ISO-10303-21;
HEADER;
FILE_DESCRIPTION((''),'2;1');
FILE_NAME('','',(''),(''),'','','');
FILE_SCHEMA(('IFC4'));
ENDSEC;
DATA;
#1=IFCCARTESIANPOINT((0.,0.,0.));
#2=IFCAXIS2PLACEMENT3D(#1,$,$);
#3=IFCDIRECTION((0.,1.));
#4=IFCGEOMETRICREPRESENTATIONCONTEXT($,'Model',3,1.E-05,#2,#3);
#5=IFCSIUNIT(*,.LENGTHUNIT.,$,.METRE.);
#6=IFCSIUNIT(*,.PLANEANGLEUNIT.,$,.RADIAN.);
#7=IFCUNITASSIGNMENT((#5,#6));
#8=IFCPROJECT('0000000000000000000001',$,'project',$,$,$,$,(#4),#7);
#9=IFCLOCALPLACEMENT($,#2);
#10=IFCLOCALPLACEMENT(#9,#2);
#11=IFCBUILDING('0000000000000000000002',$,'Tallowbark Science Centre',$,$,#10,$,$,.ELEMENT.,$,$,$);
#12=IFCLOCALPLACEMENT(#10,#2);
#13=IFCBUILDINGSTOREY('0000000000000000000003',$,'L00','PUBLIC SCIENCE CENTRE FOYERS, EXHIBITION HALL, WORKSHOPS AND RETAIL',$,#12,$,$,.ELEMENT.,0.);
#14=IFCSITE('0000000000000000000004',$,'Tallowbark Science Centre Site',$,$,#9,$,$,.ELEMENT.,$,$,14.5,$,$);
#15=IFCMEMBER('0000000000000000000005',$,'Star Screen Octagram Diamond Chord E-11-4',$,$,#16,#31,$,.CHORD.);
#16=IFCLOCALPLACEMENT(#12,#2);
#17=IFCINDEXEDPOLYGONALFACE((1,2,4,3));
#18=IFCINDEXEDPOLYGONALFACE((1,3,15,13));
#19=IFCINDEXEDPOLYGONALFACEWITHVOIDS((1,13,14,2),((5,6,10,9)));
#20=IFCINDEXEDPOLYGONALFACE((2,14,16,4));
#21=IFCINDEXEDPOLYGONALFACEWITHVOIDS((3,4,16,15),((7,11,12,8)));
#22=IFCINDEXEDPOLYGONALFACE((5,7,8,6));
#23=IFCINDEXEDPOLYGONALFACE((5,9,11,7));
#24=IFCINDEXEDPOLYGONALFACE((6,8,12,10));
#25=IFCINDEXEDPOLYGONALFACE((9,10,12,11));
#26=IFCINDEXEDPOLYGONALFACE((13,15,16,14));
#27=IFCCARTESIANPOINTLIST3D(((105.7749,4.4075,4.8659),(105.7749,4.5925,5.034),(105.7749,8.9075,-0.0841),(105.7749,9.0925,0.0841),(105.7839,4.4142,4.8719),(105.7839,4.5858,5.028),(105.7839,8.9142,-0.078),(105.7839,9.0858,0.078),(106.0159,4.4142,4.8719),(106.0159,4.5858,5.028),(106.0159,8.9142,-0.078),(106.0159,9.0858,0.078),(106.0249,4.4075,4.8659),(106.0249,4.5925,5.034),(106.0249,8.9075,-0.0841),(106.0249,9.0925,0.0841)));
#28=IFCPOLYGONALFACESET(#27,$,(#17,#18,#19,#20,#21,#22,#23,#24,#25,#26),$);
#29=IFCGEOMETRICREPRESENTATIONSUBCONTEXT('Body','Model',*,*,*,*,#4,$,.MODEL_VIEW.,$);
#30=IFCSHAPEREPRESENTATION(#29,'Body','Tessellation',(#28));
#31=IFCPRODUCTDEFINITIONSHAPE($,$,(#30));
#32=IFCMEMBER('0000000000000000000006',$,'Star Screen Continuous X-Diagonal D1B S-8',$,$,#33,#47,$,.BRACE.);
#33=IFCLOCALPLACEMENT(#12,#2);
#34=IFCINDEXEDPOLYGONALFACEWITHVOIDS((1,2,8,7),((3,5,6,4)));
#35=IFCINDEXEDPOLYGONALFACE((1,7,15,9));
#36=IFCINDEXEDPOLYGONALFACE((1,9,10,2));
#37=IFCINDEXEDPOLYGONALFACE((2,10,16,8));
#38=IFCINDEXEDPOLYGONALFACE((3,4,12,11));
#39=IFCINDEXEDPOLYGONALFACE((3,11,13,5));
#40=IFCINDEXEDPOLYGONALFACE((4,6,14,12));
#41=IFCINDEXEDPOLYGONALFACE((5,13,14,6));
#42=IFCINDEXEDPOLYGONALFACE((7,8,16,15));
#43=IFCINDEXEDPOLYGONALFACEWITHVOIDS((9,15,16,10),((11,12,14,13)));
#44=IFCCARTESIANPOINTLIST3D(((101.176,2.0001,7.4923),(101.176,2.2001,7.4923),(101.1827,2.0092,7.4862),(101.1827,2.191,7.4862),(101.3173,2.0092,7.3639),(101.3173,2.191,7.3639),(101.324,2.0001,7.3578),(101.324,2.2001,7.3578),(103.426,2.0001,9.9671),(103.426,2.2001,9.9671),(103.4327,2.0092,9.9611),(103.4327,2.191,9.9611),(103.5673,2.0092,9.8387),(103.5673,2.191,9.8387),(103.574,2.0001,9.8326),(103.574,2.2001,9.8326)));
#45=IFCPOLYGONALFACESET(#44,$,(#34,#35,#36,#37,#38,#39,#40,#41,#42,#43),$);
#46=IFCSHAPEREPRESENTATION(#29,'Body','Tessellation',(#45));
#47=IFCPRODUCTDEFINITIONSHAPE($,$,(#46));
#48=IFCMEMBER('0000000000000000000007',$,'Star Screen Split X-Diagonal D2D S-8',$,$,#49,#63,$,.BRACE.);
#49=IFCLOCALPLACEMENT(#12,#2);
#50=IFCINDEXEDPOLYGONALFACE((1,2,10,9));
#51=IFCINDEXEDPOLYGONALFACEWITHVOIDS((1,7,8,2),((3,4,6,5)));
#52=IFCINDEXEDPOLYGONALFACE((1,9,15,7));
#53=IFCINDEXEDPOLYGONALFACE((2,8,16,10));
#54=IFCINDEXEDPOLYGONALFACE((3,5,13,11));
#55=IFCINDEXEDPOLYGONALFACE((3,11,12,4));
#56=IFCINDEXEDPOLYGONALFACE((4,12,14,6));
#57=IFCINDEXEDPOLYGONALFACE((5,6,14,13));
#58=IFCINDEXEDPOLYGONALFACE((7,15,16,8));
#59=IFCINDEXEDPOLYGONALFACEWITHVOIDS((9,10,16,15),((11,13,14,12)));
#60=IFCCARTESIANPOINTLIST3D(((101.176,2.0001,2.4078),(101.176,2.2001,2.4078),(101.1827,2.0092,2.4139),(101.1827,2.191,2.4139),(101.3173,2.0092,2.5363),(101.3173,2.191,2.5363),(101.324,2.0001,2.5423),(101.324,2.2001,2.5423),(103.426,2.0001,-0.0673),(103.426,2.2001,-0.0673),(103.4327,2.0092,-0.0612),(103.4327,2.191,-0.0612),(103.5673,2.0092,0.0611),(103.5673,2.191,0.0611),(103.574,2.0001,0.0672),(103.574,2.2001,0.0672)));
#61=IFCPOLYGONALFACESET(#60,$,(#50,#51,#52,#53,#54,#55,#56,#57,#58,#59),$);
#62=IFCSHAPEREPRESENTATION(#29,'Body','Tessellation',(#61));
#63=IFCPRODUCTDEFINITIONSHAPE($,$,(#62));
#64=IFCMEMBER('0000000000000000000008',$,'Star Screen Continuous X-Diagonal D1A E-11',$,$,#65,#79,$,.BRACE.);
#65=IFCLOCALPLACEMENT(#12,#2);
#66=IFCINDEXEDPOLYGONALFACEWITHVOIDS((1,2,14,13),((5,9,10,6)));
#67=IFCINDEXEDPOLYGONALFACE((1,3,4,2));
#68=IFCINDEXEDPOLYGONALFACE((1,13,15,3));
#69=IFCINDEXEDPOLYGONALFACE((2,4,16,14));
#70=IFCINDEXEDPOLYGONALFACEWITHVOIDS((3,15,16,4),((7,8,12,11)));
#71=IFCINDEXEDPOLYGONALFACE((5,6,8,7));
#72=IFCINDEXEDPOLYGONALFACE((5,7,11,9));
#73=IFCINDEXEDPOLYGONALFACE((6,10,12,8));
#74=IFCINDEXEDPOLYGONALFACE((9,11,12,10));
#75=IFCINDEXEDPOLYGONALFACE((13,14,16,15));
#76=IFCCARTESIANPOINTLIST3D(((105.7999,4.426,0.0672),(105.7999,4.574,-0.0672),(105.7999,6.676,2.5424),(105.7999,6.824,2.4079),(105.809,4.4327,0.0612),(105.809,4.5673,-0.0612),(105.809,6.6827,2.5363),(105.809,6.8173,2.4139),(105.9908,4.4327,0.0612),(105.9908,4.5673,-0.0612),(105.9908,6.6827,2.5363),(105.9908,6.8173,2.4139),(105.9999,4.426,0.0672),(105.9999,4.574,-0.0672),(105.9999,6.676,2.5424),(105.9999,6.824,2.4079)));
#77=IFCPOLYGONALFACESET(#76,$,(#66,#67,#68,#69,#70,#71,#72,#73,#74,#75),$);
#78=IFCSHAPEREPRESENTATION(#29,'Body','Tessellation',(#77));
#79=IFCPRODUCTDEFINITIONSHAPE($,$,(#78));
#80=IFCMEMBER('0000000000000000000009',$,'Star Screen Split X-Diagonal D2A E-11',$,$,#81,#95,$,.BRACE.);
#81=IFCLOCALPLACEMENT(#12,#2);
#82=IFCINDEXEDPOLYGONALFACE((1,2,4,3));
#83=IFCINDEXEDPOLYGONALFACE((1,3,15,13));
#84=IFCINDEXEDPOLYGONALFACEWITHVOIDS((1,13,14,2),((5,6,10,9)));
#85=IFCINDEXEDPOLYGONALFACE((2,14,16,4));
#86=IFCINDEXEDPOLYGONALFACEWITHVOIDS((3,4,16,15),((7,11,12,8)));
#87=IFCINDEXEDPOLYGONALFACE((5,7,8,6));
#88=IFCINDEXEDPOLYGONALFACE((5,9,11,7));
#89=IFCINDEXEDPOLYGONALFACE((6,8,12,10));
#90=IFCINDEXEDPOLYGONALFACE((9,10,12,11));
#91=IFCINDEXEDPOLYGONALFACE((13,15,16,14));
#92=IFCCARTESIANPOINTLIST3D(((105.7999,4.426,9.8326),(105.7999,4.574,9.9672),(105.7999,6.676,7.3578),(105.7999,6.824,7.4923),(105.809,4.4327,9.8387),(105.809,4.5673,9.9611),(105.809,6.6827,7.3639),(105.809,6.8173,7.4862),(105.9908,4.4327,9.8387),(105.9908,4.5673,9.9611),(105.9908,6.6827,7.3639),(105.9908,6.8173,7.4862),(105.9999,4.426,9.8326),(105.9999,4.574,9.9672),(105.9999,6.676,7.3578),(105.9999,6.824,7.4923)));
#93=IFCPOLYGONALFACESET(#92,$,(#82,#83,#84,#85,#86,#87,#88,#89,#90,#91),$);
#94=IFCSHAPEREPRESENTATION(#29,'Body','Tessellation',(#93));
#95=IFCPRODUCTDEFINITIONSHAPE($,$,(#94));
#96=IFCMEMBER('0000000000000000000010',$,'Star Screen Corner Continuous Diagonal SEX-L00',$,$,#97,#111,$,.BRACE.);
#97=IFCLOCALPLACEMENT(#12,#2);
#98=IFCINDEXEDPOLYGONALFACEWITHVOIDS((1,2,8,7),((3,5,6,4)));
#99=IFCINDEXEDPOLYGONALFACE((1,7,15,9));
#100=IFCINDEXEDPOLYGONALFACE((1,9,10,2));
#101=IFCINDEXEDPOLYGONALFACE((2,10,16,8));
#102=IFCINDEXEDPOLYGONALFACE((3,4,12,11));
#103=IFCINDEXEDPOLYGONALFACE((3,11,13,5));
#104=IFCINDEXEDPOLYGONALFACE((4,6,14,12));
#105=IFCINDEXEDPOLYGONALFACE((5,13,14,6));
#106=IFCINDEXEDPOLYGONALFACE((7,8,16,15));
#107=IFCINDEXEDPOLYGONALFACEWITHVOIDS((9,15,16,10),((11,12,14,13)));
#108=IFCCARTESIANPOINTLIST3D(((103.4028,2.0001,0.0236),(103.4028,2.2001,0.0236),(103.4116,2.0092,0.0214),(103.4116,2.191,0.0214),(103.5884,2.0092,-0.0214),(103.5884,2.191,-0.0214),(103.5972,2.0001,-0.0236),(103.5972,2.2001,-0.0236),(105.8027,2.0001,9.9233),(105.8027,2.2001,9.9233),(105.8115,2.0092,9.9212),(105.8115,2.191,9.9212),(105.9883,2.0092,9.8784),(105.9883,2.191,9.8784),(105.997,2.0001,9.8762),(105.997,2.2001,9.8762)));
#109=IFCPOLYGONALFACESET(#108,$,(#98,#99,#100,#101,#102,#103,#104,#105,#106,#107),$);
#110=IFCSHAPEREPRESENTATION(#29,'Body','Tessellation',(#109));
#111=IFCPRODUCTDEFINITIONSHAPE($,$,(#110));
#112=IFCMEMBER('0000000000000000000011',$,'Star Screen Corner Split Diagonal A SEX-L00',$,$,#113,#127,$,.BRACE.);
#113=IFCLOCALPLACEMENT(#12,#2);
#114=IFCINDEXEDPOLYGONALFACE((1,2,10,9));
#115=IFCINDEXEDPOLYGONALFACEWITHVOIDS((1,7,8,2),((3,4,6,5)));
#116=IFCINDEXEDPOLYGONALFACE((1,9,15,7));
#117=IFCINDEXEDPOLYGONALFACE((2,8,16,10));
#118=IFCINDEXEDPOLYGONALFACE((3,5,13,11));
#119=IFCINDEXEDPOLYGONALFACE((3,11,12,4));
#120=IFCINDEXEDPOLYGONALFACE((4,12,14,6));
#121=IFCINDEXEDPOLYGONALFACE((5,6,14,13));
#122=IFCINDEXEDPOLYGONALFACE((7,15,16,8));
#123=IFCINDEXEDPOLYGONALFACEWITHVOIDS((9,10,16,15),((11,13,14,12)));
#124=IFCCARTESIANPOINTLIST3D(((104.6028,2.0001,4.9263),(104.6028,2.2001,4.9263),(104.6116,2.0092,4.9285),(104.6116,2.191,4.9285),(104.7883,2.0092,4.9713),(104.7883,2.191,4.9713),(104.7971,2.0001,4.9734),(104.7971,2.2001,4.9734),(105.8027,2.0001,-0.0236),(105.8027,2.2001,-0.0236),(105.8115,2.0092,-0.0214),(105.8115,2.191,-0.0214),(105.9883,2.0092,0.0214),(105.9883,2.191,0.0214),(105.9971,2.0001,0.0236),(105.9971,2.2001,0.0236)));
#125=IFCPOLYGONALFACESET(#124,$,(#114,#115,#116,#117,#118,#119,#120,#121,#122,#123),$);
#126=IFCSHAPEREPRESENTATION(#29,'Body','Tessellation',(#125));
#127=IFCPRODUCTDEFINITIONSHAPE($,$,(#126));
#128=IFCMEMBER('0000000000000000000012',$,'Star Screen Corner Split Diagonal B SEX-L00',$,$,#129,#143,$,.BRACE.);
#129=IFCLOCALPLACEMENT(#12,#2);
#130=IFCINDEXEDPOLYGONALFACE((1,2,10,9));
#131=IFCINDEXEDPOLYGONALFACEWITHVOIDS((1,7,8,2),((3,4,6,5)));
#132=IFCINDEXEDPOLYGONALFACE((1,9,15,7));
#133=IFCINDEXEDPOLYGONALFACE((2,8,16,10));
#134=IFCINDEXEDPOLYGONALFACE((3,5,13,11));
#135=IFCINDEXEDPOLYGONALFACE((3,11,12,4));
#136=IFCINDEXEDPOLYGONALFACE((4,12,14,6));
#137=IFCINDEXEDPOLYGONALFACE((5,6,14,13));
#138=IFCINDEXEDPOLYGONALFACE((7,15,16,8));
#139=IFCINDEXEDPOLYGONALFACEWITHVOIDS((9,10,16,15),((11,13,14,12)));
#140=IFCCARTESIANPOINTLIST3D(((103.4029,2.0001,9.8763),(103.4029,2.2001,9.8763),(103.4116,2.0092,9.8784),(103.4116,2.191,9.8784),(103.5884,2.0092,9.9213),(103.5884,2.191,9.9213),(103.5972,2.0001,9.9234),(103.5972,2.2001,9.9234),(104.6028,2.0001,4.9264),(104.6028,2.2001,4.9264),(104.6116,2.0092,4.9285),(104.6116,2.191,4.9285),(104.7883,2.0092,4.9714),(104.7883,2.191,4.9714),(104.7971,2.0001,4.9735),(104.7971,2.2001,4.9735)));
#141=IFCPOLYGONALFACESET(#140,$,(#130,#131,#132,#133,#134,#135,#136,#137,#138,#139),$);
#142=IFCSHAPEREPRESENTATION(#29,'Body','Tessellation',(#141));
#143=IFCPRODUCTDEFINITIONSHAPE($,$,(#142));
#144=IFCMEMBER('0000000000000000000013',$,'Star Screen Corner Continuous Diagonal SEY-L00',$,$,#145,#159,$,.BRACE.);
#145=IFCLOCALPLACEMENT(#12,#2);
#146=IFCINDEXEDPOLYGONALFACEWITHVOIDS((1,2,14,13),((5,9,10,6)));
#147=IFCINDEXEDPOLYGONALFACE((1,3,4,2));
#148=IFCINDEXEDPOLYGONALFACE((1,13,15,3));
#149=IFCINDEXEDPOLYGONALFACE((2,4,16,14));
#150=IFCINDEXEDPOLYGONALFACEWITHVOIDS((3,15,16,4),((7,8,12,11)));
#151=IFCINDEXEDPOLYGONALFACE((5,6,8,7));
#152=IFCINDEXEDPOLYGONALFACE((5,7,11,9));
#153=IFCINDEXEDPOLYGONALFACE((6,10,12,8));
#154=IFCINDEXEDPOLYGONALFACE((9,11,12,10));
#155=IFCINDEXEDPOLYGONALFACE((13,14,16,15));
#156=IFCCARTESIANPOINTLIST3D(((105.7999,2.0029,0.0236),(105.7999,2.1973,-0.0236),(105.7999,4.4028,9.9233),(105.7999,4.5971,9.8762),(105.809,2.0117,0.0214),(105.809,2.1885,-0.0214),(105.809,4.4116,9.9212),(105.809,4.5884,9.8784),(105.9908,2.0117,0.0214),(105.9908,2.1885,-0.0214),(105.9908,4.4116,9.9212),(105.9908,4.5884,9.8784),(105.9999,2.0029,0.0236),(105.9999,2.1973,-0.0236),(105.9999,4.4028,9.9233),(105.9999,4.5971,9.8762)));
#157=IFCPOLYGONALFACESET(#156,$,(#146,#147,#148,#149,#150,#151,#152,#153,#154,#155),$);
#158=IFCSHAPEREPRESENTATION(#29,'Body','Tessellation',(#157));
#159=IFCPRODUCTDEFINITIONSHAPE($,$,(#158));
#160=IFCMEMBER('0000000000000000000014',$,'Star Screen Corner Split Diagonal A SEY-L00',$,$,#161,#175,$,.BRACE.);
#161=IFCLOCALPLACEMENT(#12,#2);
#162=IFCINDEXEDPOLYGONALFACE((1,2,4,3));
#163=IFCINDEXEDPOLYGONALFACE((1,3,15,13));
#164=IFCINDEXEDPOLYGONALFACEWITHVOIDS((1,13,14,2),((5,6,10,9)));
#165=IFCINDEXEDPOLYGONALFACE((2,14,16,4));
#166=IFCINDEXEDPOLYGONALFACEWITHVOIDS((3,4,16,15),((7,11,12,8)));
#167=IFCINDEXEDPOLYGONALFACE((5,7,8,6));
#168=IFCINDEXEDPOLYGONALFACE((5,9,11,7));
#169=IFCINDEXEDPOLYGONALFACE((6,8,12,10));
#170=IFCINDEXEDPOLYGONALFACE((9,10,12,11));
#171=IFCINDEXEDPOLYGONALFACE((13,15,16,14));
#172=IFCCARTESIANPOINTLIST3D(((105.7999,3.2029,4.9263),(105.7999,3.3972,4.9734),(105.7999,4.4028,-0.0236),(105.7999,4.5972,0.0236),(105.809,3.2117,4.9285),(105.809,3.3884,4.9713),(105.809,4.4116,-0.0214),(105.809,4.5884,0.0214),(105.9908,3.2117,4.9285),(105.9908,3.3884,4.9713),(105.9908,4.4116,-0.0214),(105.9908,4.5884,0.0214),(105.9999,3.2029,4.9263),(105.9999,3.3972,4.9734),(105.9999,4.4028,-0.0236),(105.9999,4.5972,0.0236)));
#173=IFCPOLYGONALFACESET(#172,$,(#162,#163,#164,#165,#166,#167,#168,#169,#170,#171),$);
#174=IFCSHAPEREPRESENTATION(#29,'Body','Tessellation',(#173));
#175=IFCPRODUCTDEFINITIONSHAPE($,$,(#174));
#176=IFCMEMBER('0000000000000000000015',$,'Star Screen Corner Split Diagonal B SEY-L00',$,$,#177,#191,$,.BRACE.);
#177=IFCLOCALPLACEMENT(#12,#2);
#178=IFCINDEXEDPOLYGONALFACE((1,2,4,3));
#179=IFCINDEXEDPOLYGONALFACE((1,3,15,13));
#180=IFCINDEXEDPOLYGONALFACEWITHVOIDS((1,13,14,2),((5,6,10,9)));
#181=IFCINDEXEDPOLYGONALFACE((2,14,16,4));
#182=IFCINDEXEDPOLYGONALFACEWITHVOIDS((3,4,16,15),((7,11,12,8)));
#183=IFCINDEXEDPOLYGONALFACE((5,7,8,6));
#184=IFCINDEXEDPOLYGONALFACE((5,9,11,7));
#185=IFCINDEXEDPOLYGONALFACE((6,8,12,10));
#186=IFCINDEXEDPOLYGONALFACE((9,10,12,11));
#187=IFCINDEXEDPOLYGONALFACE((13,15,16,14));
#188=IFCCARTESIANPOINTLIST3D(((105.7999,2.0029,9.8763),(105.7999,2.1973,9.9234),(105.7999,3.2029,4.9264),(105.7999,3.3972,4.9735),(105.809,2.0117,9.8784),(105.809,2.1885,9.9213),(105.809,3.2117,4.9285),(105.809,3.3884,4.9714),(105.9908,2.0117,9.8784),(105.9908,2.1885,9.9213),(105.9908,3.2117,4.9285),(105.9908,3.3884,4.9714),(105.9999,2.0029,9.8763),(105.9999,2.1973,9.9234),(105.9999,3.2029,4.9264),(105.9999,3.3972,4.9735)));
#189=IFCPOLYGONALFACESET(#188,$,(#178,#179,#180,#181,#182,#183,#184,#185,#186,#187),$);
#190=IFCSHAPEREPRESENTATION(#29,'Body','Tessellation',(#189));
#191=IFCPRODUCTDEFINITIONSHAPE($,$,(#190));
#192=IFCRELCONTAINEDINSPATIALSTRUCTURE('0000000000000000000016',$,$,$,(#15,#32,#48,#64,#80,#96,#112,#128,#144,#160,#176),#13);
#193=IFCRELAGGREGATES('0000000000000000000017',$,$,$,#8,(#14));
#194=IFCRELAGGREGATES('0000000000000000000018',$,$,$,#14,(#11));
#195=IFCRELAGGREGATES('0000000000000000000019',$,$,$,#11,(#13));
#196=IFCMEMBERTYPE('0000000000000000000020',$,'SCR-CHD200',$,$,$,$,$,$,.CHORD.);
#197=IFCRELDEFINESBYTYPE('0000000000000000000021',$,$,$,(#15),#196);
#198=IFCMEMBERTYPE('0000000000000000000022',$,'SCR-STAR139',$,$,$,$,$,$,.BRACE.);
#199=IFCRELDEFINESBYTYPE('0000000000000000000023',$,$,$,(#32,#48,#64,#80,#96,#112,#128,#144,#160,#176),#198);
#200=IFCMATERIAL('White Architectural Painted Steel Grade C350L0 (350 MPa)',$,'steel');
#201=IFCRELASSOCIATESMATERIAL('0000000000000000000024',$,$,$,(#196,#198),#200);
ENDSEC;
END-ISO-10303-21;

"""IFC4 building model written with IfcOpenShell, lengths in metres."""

from ifc_helpers import new_model, si_unit, direction, frame, origin, origin_2d, place, context, subcontext, project, spatial, hollow_rectangle, extrude, material, material_profile, profile_set, type_object, element, save


model = new_model("IFC4")

# Units and contexts
model_context = context("Model", 3, precision=1e-05, world=origin(), true_north=direction((0.0, 1.0)))
body_context = subcontext(model_context, "Body", "Model", "MODEL_VIEW")
ifc_project = project(units=[si_unit("LENGTHUNIT", "METRE"), si_unit("PLANEANGLEUNIT", "RADIAN")], contexts=[model_context])

# Site, building, storey
site_placement = place(None, origin())
site = spatial("IfcSite", under=ifc_project, at=site_placement, Name="Tallowbark Science Centre Site", CompositionType="ELEMENT", RefElevation=14.5)
building_placement = place(site_placement, origin())
building = spatial("IfcBuilding", under=site, at=building_placement, Name="Tallowbark Science Centre", CompositionType="ELEMENT")
storey_placement = place(building_placement, origin())
storey = spatial("IfcBuildingStorey", under=building, at=storey_placement, Name="L00", Description="PUBLIC SCIENCE CENTRE FOYERS, EXHIBITION HALL, WORKSHOPS AND RETAIL", CompositionType="ELEMENT", Elevation=0.0)

# Shared definitions
ifc_material_1 = material(Name="White Architectural Painted Steel Grade C350L0 (350 MPa)", Category="steel")

# Members
ifc_material_profile_1 = material_profile(ifc_material_1, hollow_rectangle(XDim=0.25, YDim=0.25, WallThickness=0.009, at=origin_2d()), Name="250x250x9.0SHS")
ifc_profile_set_1 = profile_set([ifc_material_profile_1], Name="White Architectural Painted Steel Grade C350L0 (350 MPa)")
member_type_1 = type_object("IfcMemberType", Name="SCR-CHD200", PredefinedType="CHORD", material=ifc_profile_set_1)
member_1_placement = place(storey_placement, frame((105.8999, 4.5, 4.95), z_axis=(0.0, 0.672676, -0.739937), x_axis=(-1.0, 0.0, 0.0)))
element("IfcMember", 1, at=member_1_placement, inside=storey, type_object=member_type_1, Name="Star Screen Octagram Diamond Chord E-11-4", PredefinedType="CHORD", context=body_context, shape_type="SweptSolid", body=[
    extrude(hollow_rectangle(XDim=0.25, YDim=0.25, WallThickness=0.009, at=origin_2d()), origin(), (0.0, 0.0, 1.0), 6.6897),
])
ifc_material_profile_2 = material_profile(ifc_material_1, hollow_rectangle(XDim=0.2, YDim=0.2, WallThickness=0.009, at=origin_2d()), Name="200x200x9.0SHS")
ifc_profile_set_2 = profile_set([ifc_material_profile_2], Name="White Architectural Painted Steel Grade C350L0 (350 MPa)")
member_type_2 = type_object("IfcMemberType", Name="SCR-STAR139", PredefinedType="BRACE", material=ifc_profile_set_2)
member_2_placement = place(storey_placement, frame((101.25, 2.1001, 7.425), z_axis=(0.672695, 0.0, 0.73992), x_axis=(0.0, 1.0, 0.0)))
element("IfcMember", 2, at=member_2_placement, inside=storey, type_object=member_type_2, Name="Star Screen Continuous X-Diagonal D1B S-8", PredefinedType="BRACE", context=body_context, shape_type="SweptSolid", body=[
    extrude(hollow_rectangle(XDim=0.2, YDim=0.2, WallThickness=0.009, at=origin_2d()), origin(), (0.0, 0.0, 1.0), 3.3447),
])
for number, where, z_axis, x_axis, name in (
    (3, (101.25, 2.1001, 2.4751), (0.672658, 0.0, -0.739953), (0.0, 1.0, 0.0), "Star Screen Split X-Diagonal D2D S-8"),
    (4, (105.8999, 4.5, 0.0), (0.0, 0.672658, 0.739953), (-1.0, 0.0, 0.0), "Star Screen Continuous X-Diagonal D1A E-11"),
):
    element("IfcMember", number, at=place(storey_placement, frame(where, z_axis=z_axis, x_axis=x_axis)), inside=storey, type_object=member_type_2, Name=name, PredefinedType="BRACE", context=body_context, shape_type="SweptSolid", body=[
        extrude(hollow_rectangle(XDim=0.2, YDim=0.2, WallThickness=0.009, at=origin_2d()), origin(), (0.0, 0.0, 1.0), 3.345),
    ])
member_3_placement = place(storey_placement, frame((105.8999, 4.5, 9.8999), z_axis=(0.0, 0.672695, -0.73992), x_axis=(-1.0, 0.0, 0.0)))
element("IfcMember", 5, at=member_3_placement, inside=storey, type_object=member_type_2, Name="Star Screen Split X-Diagonal D2A E-11", PredefinedType="BRACE", context=body_context, shape_type="SweptSolid", body=[
    extrude(hollow_rectangle(XDim=0.2, YDim=0.2, WallThickness=0.009, at=origin_2d()), origin(), (0.0, 0.0, 1.0), 3.3447),
])
member_4_placement = place(storey_placement, frame((103.5, 2.1001, 0.0), z_axis=(0.235593, 0.0, 0.971852), x_axis=(0.0, 1.0, 0.0)))
element("IfcMember", 6, at=member_4_placement, inside=storey, type_object=member_type_2, Name="Star Screen Corner Continuous Diagonal SEX-L00", PredefinedType="BRACE", context=body_context, shape_type="SweptSolid", body=[
    extrude(hollow_rectangle(XDim=0.2, YDim=0.2, WallThickness=0.009, at=origin_2d()), origin(), (0.0, 0.0, 1.0), 10.1865),
])
for number, where, z_axis, x_axis, name in (
    (7, (105.8999, 2.1001, 0.0), (-0.235593, 0.0, 0.971852), (0.0, -1.0, 0.0), "Star Screen Corner Split Diagonal A SEX-L00"),
    (8, (104.7, 2.1001, 4.95), (-0.235593, 0.0, 0.971852), (0.0, -1.0, 0.0), "Star Screen Corner Split Diagonal B SEX-L00"),
):
    element("IfcMember", number, at=place(storey_placement, frame(where, z_axis=z_axis, x_axis=x_axis)), inside=storey, type_object=member_type_2, Name=name, PredefinedType="BRACE", context=body_context, shape_type="SweptSolid", body=[
        extrude(hollow_rectangle(XDim=0.2, YDim=0.2, WallThickness=0.009, at=origin_2d()), origin(), (0.0, 0.0, 1.0), 5.0933),
    ])
member_5_placement = place(storey_placement, frame((105.8999, 2.1001, 0.0), z_axis=(0.0, 0.235593, 0.971852), x_axis=(-1.0, 0.0, 0.0)))
element("IfcMember", 9, at=member_5_placement, inside=storey, type_object=member_type_2, Name="Star Screen Corner Continuous Diagonal SEY-L00", PredefinedType="BRACE", context=body_context, shape_type="SweptSolid", body=[
    extrude(hollow_rectangle(XDim=0.2, YDim=0.2, WallThickness=0.009, at=origin_2d()), origin(), (0.0, 0.0, 1.0), 10.1865),
])
for number, where, z_axis, x_axis, name in (
    (10, (105.8999, 4.5, 0.0), (0.0, -0.235593, 0.971852), (1.0, 0.0, 0.0), "Star Screen Corner Split Diagonal A SEY-L00"),
    (11, (105.8999, 3.3, 4.95), (0.0, -0.235593, 0.971852), (1.0, 0.0, 0.0), "Star Screen Corner Split Diagonal B SEY-L00"),
):
    element("IfcMember", number, at=place(storey_placement, frame(where, z_axis=z_axis, x_axis=x_axis)), inside=storey, type_object=member_type_2, Name=name, PredefinedType="BRACE", context=body_context, shape_type="SweptSolid", body=[
        extrude(hollow_rectangle(XDim=0.2, YDim=0.2, WallThickness=0.009, at=origin_2d()), origin(), (0.0, 0.0, 1.0), 5.0933),
    ])

save(model, "model.ifc")
